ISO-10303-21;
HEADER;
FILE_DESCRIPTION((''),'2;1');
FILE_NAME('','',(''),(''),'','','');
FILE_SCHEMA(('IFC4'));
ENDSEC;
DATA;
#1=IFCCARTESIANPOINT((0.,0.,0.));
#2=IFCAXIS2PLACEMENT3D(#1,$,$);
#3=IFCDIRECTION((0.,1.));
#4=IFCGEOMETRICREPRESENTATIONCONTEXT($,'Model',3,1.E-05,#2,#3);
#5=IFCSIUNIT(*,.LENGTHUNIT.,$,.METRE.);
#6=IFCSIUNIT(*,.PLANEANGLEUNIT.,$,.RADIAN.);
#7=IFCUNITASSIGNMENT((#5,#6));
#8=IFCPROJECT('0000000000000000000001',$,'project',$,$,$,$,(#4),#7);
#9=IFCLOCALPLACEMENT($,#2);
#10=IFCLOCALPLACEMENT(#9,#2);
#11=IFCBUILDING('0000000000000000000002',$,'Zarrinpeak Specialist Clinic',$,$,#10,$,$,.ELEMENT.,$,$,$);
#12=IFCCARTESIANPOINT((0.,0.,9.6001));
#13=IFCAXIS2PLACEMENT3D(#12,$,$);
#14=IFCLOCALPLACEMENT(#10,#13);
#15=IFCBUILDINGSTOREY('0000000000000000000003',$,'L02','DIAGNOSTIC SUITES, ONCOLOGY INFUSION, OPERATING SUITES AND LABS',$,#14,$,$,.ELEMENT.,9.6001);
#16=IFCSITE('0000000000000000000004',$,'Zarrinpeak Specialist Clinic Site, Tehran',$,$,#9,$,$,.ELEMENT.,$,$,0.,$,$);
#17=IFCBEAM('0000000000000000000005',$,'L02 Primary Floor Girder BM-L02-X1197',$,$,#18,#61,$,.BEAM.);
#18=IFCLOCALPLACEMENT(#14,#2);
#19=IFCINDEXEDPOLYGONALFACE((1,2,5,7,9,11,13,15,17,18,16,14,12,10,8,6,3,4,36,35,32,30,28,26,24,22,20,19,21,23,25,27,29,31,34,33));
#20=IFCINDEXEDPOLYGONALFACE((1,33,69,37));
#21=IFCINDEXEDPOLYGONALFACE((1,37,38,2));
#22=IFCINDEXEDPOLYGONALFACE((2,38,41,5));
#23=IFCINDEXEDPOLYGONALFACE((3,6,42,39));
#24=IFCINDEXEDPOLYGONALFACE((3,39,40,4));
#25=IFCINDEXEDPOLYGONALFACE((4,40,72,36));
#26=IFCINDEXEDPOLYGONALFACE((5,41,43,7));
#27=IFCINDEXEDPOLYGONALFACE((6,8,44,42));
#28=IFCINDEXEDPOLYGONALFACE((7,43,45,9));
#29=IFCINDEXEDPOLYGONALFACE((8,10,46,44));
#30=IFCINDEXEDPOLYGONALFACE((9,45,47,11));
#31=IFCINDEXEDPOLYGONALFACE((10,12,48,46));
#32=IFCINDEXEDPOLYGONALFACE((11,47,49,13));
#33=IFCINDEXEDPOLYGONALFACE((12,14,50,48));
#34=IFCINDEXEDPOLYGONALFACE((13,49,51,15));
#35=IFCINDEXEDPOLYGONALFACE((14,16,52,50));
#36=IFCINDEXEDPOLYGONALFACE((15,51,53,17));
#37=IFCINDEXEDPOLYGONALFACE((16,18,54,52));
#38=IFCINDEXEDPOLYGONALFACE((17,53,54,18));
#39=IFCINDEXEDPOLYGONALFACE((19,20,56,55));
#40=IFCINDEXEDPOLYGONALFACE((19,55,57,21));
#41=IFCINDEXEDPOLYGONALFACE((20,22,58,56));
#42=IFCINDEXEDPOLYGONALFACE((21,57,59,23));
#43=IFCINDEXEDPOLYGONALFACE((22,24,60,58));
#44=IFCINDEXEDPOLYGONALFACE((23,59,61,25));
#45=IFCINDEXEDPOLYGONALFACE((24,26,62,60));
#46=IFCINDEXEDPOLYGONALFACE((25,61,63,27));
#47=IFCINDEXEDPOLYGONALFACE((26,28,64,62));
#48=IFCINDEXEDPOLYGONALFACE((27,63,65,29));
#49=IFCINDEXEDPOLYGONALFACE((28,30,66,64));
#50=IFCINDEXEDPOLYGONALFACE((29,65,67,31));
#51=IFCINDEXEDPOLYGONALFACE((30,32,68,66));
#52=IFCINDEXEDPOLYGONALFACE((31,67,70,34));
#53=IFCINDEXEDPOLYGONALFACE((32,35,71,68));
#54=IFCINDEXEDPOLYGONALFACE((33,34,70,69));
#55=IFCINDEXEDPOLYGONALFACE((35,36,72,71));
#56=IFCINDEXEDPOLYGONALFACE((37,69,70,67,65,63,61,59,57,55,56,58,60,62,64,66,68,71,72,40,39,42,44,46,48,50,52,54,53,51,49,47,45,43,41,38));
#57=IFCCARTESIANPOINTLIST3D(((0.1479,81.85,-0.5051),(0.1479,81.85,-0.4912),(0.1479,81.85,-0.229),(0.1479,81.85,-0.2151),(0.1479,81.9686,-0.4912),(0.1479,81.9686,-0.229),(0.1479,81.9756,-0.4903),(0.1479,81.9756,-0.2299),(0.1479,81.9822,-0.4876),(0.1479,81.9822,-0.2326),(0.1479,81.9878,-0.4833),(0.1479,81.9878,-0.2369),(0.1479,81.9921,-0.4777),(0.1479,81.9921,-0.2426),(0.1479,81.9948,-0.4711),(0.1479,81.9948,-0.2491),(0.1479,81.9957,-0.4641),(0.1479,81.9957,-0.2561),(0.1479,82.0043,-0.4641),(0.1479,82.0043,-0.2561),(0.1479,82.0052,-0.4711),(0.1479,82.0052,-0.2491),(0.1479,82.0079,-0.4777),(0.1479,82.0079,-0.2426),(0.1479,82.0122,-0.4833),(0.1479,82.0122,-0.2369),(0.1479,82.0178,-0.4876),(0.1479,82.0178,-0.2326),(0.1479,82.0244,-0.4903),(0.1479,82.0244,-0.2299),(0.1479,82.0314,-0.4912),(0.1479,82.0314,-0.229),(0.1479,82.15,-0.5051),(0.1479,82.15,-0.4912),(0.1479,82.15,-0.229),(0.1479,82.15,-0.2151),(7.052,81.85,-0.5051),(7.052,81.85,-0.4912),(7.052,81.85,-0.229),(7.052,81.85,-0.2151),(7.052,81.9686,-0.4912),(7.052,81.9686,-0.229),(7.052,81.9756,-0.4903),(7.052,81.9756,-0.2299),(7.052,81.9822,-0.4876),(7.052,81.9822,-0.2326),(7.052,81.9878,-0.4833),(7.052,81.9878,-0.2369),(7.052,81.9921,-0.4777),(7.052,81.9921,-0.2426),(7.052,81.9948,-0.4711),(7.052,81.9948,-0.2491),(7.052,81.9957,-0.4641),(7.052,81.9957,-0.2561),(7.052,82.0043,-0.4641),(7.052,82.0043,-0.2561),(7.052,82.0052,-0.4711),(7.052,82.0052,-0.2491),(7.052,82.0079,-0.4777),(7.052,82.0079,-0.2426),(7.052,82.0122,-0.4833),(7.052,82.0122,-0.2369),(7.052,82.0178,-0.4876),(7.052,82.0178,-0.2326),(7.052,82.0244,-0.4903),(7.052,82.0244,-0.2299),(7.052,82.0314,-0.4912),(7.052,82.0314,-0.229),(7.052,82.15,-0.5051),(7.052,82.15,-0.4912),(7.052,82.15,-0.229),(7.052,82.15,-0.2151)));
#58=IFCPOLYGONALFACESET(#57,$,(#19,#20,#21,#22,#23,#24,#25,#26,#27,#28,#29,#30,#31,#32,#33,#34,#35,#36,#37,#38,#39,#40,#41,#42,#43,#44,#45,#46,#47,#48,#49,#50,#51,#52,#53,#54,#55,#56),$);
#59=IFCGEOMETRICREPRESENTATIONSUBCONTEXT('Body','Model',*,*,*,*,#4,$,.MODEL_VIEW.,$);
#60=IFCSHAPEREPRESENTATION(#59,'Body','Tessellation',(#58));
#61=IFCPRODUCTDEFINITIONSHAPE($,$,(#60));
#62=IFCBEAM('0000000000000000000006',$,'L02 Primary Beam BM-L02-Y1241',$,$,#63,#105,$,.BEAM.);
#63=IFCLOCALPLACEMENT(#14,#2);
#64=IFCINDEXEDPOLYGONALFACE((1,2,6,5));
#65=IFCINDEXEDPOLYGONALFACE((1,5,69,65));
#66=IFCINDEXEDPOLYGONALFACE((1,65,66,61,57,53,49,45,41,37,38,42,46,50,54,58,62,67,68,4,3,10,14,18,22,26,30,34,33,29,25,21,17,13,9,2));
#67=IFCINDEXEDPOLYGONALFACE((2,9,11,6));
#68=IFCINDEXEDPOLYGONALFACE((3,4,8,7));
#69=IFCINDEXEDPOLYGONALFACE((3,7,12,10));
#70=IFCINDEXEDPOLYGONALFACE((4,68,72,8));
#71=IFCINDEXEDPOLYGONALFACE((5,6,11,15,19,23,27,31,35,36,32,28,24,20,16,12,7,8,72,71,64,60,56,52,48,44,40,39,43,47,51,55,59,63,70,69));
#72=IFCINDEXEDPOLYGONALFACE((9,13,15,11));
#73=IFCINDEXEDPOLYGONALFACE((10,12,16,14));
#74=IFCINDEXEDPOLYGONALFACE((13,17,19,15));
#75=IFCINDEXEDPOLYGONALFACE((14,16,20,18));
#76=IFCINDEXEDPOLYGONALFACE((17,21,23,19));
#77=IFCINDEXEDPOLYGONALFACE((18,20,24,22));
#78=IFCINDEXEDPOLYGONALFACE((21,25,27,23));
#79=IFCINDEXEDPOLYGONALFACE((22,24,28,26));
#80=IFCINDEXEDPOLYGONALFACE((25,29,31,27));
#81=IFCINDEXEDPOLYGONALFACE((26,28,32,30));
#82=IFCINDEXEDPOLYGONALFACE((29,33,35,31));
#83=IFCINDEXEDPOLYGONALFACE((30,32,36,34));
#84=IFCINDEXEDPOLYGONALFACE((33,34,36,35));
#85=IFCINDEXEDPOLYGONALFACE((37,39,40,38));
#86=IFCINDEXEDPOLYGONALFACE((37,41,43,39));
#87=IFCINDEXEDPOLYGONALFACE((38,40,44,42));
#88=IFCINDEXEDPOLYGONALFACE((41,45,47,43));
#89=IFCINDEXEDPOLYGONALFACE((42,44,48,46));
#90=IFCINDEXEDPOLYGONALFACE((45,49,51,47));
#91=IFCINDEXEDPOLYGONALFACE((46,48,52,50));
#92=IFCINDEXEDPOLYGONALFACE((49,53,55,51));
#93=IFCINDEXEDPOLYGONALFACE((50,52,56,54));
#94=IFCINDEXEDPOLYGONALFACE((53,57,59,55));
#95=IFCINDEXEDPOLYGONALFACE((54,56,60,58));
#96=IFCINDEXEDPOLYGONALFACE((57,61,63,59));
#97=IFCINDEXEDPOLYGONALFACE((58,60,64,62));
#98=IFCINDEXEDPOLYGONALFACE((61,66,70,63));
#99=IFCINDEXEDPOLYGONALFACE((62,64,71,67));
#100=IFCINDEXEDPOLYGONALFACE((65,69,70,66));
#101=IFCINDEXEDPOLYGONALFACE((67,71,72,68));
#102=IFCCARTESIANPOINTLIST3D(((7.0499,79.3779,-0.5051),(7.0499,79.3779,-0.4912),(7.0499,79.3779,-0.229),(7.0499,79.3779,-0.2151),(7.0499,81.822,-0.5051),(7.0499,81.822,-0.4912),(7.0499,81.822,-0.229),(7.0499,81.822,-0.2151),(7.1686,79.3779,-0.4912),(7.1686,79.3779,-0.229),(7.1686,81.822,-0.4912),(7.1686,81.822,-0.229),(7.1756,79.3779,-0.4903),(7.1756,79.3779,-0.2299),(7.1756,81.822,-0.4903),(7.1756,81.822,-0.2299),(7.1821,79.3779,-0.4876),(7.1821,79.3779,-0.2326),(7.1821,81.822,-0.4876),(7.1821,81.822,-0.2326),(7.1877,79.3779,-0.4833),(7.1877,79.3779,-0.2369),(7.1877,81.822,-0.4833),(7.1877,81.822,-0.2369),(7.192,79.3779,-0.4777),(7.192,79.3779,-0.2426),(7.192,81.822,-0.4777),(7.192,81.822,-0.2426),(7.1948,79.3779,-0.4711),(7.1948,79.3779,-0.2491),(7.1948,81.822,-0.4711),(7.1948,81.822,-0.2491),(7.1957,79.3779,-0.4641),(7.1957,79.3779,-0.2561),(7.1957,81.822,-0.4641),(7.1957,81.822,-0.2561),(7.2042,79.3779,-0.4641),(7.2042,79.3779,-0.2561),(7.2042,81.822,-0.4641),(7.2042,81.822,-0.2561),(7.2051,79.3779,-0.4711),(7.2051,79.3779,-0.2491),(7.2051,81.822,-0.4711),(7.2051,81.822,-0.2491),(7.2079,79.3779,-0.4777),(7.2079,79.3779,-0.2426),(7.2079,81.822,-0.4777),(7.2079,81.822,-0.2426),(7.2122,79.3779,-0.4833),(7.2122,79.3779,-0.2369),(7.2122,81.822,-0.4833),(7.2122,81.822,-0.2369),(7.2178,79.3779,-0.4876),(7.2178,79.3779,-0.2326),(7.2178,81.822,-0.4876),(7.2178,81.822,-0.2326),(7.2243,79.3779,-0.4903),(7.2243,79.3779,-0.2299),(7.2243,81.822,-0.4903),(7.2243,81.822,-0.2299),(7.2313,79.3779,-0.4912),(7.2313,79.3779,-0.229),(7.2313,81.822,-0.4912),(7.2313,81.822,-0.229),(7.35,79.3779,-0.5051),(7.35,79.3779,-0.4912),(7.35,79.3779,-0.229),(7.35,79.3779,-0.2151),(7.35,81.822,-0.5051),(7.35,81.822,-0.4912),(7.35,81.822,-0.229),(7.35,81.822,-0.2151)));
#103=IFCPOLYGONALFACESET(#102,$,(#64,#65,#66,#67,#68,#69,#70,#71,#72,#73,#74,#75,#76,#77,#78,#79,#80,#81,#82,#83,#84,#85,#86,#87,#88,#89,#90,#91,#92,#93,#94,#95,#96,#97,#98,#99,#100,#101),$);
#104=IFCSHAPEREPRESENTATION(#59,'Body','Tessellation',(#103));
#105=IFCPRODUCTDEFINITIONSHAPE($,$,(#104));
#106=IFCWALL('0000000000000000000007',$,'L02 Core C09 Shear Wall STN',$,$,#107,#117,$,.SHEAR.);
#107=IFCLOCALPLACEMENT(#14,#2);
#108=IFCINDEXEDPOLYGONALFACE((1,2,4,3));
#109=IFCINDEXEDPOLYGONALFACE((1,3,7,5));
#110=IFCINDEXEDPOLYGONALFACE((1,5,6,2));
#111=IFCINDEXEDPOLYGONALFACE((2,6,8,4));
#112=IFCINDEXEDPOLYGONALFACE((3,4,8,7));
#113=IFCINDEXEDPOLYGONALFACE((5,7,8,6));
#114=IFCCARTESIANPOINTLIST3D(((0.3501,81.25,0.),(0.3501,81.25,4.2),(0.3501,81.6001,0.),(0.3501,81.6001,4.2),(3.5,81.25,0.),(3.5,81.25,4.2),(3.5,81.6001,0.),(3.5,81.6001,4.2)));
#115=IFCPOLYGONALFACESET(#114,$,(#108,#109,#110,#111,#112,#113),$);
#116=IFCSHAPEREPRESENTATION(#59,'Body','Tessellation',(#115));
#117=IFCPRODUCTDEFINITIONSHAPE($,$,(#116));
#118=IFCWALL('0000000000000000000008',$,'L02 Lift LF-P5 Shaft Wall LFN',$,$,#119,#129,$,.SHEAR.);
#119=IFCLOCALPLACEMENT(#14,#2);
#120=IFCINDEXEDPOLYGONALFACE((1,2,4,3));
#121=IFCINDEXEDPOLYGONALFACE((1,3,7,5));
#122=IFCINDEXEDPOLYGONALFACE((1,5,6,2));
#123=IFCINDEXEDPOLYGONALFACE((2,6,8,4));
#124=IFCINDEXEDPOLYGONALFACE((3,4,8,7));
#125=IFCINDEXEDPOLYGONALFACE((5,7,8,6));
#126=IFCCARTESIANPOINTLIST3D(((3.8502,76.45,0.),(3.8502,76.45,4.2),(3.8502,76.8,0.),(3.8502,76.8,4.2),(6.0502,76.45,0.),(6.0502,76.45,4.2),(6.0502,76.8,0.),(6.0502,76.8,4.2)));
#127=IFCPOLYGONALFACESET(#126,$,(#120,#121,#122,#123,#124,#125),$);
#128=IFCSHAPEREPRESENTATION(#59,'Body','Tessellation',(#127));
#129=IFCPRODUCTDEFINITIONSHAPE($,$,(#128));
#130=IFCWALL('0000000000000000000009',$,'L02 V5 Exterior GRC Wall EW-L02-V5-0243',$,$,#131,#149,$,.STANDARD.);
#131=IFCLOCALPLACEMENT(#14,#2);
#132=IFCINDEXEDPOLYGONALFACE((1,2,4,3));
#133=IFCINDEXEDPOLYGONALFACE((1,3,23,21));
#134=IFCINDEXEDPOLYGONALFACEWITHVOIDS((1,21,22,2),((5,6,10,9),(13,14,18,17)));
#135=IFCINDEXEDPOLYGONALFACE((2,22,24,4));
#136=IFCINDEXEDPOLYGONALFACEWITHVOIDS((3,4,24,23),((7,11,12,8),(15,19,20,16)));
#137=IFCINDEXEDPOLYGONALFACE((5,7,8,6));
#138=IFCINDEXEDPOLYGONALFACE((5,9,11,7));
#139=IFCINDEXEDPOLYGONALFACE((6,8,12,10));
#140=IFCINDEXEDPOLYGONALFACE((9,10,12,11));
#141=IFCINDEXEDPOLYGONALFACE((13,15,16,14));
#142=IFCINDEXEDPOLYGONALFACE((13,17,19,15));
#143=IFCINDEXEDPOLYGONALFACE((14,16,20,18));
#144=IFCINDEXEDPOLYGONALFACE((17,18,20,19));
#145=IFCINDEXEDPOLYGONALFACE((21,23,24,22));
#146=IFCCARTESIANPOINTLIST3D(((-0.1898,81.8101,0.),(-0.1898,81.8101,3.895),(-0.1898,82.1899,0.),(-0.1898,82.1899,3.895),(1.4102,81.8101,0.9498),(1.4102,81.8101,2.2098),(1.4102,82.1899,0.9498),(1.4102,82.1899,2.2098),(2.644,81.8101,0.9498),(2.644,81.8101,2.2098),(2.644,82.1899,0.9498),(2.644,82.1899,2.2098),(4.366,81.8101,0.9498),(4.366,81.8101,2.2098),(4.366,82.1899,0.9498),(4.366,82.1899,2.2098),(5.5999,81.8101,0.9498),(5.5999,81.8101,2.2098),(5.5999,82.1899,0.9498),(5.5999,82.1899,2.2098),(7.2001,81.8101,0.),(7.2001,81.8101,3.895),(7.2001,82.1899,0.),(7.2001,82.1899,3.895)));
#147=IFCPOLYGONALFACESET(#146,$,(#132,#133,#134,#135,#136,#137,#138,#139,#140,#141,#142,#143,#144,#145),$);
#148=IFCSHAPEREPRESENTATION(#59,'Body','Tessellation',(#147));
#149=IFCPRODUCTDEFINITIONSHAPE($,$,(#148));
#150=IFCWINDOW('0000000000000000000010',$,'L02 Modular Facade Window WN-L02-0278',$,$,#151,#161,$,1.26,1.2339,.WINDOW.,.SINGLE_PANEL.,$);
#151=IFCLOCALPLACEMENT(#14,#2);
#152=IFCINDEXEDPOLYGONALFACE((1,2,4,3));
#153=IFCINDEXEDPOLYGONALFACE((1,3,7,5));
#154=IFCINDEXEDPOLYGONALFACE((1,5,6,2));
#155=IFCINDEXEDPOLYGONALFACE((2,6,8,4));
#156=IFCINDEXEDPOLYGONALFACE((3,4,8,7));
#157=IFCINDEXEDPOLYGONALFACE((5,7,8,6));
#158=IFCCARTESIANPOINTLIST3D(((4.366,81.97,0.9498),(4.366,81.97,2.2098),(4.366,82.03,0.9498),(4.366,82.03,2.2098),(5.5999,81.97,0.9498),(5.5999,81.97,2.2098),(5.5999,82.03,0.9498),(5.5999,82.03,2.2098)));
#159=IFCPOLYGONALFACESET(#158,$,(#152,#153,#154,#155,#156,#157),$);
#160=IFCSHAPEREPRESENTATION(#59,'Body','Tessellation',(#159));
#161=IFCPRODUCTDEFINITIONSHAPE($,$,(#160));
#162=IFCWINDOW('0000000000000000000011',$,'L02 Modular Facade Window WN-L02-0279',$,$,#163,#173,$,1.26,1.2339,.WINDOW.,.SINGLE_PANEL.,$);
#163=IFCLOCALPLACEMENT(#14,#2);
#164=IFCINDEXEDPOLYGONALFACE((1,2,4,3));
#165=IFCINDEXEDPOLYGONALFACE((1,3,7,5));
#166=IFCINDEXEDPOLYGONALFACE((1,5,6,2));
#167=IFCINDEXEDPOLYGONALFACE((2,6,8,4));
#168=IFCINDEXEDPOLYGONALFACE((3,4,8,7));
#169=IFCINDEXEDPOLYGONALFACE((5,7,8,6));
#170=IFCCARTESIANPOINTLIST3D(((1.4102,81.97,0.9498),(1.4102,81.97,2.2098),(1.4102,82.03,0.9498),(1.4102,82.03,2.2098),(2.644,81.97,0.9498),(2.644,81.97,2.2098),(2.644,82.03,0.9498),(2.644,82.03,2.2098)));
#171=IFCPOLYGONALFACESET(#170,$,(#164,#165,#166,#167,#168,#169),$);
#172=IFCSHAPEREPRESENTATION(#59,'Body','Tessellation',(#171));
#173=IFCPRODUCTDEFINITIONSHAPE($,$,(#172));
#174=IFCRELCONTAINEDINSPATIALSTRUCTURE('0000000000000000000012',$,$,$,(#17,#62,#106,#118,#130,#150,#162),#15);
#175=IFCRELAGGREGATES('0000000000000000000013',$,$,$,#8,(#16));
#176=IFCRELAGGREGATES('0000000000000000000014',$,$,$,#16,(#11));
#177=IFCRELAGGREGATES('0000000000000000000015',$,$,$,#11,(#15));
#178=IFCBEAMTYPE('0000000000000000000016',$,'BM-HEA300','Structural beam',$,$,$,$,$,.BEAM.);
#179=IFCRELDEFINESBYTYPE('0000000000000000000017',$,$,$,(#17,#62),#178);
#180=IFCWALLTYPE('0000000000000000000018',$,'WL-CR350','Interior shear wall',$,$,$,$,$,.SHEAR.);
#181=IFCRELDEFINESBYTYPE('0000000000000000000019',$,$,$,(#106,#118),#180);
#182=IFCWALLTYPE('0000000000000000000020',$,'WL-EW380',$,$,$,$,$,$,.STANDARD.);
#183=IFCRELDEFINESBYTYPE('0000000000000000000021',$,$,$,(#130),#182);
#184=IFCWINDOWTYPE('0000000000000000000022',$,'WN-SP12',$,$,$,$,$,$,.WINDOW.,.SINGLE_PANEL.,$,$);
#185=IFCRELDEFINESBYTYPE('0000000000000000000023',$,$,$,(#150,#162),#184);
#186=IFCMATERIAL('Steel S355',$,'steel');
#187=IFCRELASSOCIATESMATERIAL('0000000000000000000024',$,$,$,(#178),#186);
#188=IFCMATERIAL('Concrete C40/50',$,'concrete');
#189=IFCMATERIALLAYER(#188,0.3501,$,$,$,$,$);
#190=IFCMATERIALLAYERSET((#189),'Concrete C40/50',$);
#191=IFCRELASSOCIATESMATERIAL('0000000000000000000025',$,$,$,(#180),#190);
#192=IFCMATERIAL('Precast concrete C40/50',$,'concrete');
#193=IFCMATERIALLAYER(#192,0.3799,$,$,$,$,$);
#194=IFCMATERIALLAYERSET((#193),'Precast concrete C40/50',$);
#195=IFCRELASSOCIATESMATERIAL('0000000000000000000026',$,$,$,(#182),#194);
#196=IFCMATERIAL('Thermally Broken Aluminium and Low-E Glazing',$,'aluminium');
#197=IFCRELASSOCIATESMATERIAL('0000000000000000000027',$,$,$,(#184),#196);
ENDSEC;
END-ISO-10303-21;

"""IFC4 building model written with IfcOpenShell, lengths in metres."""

from ifc_helpers import new_model, si_unit, direction, frame, frame_2d, origin, origin_2d, place, context, subcontext, project, spatial, rectangle, i_section, extrude, material, layer, layer_set, material_profile, profile_set, type_object, element, fill, save


model = new_model("IFC4")

# Units and contexts
model_context = context("Model", 3, precision=1e-05, world=origin(), true_north=direction((0.0, 1.0)))
body_context = subcontext(model_context, "Body", "Model", "MODEL_VIEW")
ifc_project = project(units=[si_unit("LENGTHUNIT", "METRE"), si_unit("PLANEANGLEUNIT", "RADIAN")], contexts=[model_context])

# Site, building, storey
site_placement = place(None, origin())
site = spatial("IfcSite", under=ifc_project, at=site_placement, Name="Zarrinpeak Specialist Clinic Site, Tehran", CompositionType="ELEMENT", RefElevation=0.0)
building_placement = place(site_placement, origin())
building = spatial("IfcBuilding", under=site, at=building_placement, Name="Zarrinpeak Specialist Clinic", CompositionType="ELEMENT")
storey_placement = place(building_placement, frame((0.0, 0.0, 9.6001)))
storey = spatial("IfcBuildingStorey", under=building, at=storey_placement, Name="L02", Description="DIAGNOSTIC SUITES, ONCOLOGY INFUSION, OPERATING SUITES AND LABS", CompositionType="ELEMENT", Elevation=9.6001)

# Shared definitions
ifc_material_1 = material(Name="Steel S355", Category="steel")

# Beams
ifc_material_profile_1 = material_profile(ifc_material_1, i_section(OverallWidth=0.3, OverallDepth=0.29, WebThickness=0.0085, FlangeThickness=0.0139, FilletRadius=0.0271, at=origin_2d()), Name="HEA 300")
ifc_profile_set_1 = profile_set([ifc_material_profile_1], Name="Steel S355")
beam_type = type_object("IfcBeamType", Name="BM-HEA300", Description="Structural beam", PredefinedType="BEAM", material=ifc_profile_set_1)
for number, where, z_axis, x_axis, name in (
    (1, (0.1479, 82.0, -0.3601), (1.0, 0.0, 0.0), (0.0, 1.0, 0.0), "L02 Primary Floor Girder BM-L02-X1197"),
):
    element("IfcBeam", number, at=place(storey_placement, frame(where, z_axis=z_axis, x_axis=x_axis)), inside=storey, type_object=beam_type, Name=name, PredefinedType="BEAM", context=body_context, shape_type="SweptSolid", body=[
        extrude(i_section(OverallWidth=0.3, OverallDepth=0.29, WebThickness=0.0085, FlangeThickness=0.0139, FilletRadius=0.0271, at=origin_2d()), origin(), (0.0, 0.0, 1.0), 6.9041),
    ])
beam_placement = place(storey_placement, frame((7.2, 79.3779, -0.3601), z_axis=(0.0, 1.0, 0.0), x_axis=(-1.0, 0.0, 0.0)))
element("IfcBeam", 2, at=beam_placement, inside=storey, type_object=beam_type, Name="L02 Primary Beam BM-L02-Y1241", PredefinedType="BEAM", context=body_context, shape_type="SweptSolid", body=[
    extrude(i_section(OverallWidth=0.3, OverallDepth=0.29, WebThickness=0.0085, FlangeThickness=0.0139, FilletRadius=0.0271, at=origin_2d()), origin(), (0.0, 0.0, 1.0), 2.4441),
])

# Walls
ifc_material_2 = material(Name="Concrete C40/50", Category="concrete")
ifc_layer_1 = layer(ifc_material_2, 0.3501)
ifc_layer_set_1 = layer_set([ifc_layer_1], Name="Concrete C40/50")
wall_type_1 = type_object("IfcWallType", Name="WL-CR350", Description="Interior shear wall", PredefinedType="SHEAR", material=ifc_layer_set_1)
wall_1_placement = place(storey_placement, frame((0.3501, 81.425, 0.0), z_axis=(0.0, 0.0, 1.0), x_axis=(1.0, 0.0, 0.0)))
element("IfcWall", 3, at=wall_1_placement, inside=storey, type_object=wall_type_1, Name="L02 Core C09 Shear Wall STN", PredefinedType="SHEAR", context=body_context, shape_type="SweptSolid", body=[
    extrude(rectangle(XDim=3.1499, YDim=0.3501, at=frame_2d((1.575, 0.0))), origin(), (0.0, 0.0, 1.0), 4.2),
])
wall_2_placement = place(storey_placement, frame((3.8501, 76.625, 0.0), z_axis=(0.0, 0.0, 1.0), x_axis=(1.0, 0.0, 0.0)))
element("IfcWall", 4, at=wall_2_placement, inside=storey, type_object=wall_type_1, Name="L02 Lift LF-P5 Shaft Wall LFN", PredefinedType="SHEAR", context=body_context, shape_type="SweptSolid", body=[
    extrude(rectangle(XDim=2.2, YDim=0.3501, at=frame_2d((1.1001, 0.0))), origin(), (0.0, 0.0, 1.0), 4.2),
])

# Wall, openings, windows
ifc_material_3 = material(Name="Precast concrete C40/50", Category="concrete")
ifc_layer_2 = layer(ifc_material_3, 0.3799)
ifc_layer_set_2 = layer_set([ifc_layer_2], Name="Precast concrete C40/50")
wall_type_2 = type_object("IfcWallType", Name="WL-EW380", PredefinedType="STANDARD", material=ifc_layer_set_2)
wall_3_placement = place(storey_placement, frame((7.2, 82.0, 0.0), z_axis=(0.0, 0.0, 1.0), x_axis=(-1.0, 0.0, 0.0)))
wall_3 = element("IfcWall", 5, at=wall_3_placement, inside=storey, type_object=wall_type_2, Name="L02 V5 Exterior GRC Wall EW-L02-V5-0243", PredefinedType="STANDARD", context=body_context, shape_type="SweptSolid", body=[
    extrude(rectangle(XDim=7.3899, YDim=0.3799, at=frame_2d((3.6948, 0.0))), origin(), (0.0, 0.0, 1.0), 3.895),
])
opening_1_placement = place(wall_3_placement, frame((1.6001, 0.0, 0.95)))
opening_1 = element("IfcOpeningElement", 6, at=opening_1_placement, cuts=wall_3, PredefinedType="OPENING", context=body_context, shape_type="SweptSolid", body=[
    extrude(rectangle(XDim=1.2339, YDim=1.26, at=frame_2d((0.6169, 0.6299))), frame((0.0, 0.2, 0.0), z_axis=(0.0, -1.0, 0.0), x_axis=(1.0, 0.0, 0.0)), (0.0, 0.0, 1.0), 0.3999),
])
opening_2_placement = place(wall_3_placement, frame((4.5559, 0.0, 0.95)))
opening_2 = element("IfcOpeningElement", 7, at=opening_2_placement, cuts=wall_3, PredefinedType="OPENING", context=body_context, shape_type="SweptSolid", body=[
    extrude(rectangle(XDim=1.2339, YDim=1.26, at=frame_2d((0.6169, 0.6299))), frame((0.0, 0.2, 0.0), z_axis=(0.0, -1.0, 0.0), x_axis=(1.0, 0.0, 0.0)), (0.0, 0.0, 1.0), 0.3999),
])
ifc_material_4 = material(Name="Thermally Broken Aluminium and Low-E Glazing", Category="aluminium")
window_type = type_object("IfcWindowType", Name="WN-SP12", PartitioningType="SINGLE_PANEL", PredefinedType="WINDOW", material=ifc_material_4)
window_1_placement = place(opening_1_placement, origin())
window_1 = element("IfcWindow", 8, at=window_1_placement, inside=storey, type_object=window_type, Name="L02 Modular Facade Window WN-L02-0278", OverallHeight=1.26, OverallWidth=1.2339, PartitioningType="SINGLE_PANEL", PredefinedType="WINDOW", context=body_context, shape_type="SweptSolid", body=[
    extrude(rectangle(XDim=1.2339, YDim=1.26, at=frame_2d((0.6169, 0.6299))), frame((0.0, 0.03, 0.0), z_axis=(0.0, -1.0, 0.0), x_axis=(1.0, 0.0, 0.0)), (0.0, 0.0, 1.0), 0.0601),
])
fill(opening_1, window_1)
window_2_placement = place(opening_2_placement, origin())
window_2 = element("IfcWindow", 9, at=window_2_placement, inside=storey, type_object=window_type, Name="L02 Modular Facade Window WN-L02-0279", OverallHeight=1.26, OverallWidth=1.2339, PartitioningType="SINGLE_PANEL", PredefinedType="WINDOW", context=body_context, shape_type="SweptSolid", body=[
    extrude(rectangle(XDim=1.2339, YDim=1.26, at=frame_2d((0.6169, 0.6299))), frame((0.0, 0.03, 0.0), z_axis=(0.0, -1.0, 0.0), x_axis=(1.0, 0.0, 0.0)), (0.0, 0.0, 1.0), 0.0601),
])
fill(opening_2, window_2)

save(model, "model.ifc")
